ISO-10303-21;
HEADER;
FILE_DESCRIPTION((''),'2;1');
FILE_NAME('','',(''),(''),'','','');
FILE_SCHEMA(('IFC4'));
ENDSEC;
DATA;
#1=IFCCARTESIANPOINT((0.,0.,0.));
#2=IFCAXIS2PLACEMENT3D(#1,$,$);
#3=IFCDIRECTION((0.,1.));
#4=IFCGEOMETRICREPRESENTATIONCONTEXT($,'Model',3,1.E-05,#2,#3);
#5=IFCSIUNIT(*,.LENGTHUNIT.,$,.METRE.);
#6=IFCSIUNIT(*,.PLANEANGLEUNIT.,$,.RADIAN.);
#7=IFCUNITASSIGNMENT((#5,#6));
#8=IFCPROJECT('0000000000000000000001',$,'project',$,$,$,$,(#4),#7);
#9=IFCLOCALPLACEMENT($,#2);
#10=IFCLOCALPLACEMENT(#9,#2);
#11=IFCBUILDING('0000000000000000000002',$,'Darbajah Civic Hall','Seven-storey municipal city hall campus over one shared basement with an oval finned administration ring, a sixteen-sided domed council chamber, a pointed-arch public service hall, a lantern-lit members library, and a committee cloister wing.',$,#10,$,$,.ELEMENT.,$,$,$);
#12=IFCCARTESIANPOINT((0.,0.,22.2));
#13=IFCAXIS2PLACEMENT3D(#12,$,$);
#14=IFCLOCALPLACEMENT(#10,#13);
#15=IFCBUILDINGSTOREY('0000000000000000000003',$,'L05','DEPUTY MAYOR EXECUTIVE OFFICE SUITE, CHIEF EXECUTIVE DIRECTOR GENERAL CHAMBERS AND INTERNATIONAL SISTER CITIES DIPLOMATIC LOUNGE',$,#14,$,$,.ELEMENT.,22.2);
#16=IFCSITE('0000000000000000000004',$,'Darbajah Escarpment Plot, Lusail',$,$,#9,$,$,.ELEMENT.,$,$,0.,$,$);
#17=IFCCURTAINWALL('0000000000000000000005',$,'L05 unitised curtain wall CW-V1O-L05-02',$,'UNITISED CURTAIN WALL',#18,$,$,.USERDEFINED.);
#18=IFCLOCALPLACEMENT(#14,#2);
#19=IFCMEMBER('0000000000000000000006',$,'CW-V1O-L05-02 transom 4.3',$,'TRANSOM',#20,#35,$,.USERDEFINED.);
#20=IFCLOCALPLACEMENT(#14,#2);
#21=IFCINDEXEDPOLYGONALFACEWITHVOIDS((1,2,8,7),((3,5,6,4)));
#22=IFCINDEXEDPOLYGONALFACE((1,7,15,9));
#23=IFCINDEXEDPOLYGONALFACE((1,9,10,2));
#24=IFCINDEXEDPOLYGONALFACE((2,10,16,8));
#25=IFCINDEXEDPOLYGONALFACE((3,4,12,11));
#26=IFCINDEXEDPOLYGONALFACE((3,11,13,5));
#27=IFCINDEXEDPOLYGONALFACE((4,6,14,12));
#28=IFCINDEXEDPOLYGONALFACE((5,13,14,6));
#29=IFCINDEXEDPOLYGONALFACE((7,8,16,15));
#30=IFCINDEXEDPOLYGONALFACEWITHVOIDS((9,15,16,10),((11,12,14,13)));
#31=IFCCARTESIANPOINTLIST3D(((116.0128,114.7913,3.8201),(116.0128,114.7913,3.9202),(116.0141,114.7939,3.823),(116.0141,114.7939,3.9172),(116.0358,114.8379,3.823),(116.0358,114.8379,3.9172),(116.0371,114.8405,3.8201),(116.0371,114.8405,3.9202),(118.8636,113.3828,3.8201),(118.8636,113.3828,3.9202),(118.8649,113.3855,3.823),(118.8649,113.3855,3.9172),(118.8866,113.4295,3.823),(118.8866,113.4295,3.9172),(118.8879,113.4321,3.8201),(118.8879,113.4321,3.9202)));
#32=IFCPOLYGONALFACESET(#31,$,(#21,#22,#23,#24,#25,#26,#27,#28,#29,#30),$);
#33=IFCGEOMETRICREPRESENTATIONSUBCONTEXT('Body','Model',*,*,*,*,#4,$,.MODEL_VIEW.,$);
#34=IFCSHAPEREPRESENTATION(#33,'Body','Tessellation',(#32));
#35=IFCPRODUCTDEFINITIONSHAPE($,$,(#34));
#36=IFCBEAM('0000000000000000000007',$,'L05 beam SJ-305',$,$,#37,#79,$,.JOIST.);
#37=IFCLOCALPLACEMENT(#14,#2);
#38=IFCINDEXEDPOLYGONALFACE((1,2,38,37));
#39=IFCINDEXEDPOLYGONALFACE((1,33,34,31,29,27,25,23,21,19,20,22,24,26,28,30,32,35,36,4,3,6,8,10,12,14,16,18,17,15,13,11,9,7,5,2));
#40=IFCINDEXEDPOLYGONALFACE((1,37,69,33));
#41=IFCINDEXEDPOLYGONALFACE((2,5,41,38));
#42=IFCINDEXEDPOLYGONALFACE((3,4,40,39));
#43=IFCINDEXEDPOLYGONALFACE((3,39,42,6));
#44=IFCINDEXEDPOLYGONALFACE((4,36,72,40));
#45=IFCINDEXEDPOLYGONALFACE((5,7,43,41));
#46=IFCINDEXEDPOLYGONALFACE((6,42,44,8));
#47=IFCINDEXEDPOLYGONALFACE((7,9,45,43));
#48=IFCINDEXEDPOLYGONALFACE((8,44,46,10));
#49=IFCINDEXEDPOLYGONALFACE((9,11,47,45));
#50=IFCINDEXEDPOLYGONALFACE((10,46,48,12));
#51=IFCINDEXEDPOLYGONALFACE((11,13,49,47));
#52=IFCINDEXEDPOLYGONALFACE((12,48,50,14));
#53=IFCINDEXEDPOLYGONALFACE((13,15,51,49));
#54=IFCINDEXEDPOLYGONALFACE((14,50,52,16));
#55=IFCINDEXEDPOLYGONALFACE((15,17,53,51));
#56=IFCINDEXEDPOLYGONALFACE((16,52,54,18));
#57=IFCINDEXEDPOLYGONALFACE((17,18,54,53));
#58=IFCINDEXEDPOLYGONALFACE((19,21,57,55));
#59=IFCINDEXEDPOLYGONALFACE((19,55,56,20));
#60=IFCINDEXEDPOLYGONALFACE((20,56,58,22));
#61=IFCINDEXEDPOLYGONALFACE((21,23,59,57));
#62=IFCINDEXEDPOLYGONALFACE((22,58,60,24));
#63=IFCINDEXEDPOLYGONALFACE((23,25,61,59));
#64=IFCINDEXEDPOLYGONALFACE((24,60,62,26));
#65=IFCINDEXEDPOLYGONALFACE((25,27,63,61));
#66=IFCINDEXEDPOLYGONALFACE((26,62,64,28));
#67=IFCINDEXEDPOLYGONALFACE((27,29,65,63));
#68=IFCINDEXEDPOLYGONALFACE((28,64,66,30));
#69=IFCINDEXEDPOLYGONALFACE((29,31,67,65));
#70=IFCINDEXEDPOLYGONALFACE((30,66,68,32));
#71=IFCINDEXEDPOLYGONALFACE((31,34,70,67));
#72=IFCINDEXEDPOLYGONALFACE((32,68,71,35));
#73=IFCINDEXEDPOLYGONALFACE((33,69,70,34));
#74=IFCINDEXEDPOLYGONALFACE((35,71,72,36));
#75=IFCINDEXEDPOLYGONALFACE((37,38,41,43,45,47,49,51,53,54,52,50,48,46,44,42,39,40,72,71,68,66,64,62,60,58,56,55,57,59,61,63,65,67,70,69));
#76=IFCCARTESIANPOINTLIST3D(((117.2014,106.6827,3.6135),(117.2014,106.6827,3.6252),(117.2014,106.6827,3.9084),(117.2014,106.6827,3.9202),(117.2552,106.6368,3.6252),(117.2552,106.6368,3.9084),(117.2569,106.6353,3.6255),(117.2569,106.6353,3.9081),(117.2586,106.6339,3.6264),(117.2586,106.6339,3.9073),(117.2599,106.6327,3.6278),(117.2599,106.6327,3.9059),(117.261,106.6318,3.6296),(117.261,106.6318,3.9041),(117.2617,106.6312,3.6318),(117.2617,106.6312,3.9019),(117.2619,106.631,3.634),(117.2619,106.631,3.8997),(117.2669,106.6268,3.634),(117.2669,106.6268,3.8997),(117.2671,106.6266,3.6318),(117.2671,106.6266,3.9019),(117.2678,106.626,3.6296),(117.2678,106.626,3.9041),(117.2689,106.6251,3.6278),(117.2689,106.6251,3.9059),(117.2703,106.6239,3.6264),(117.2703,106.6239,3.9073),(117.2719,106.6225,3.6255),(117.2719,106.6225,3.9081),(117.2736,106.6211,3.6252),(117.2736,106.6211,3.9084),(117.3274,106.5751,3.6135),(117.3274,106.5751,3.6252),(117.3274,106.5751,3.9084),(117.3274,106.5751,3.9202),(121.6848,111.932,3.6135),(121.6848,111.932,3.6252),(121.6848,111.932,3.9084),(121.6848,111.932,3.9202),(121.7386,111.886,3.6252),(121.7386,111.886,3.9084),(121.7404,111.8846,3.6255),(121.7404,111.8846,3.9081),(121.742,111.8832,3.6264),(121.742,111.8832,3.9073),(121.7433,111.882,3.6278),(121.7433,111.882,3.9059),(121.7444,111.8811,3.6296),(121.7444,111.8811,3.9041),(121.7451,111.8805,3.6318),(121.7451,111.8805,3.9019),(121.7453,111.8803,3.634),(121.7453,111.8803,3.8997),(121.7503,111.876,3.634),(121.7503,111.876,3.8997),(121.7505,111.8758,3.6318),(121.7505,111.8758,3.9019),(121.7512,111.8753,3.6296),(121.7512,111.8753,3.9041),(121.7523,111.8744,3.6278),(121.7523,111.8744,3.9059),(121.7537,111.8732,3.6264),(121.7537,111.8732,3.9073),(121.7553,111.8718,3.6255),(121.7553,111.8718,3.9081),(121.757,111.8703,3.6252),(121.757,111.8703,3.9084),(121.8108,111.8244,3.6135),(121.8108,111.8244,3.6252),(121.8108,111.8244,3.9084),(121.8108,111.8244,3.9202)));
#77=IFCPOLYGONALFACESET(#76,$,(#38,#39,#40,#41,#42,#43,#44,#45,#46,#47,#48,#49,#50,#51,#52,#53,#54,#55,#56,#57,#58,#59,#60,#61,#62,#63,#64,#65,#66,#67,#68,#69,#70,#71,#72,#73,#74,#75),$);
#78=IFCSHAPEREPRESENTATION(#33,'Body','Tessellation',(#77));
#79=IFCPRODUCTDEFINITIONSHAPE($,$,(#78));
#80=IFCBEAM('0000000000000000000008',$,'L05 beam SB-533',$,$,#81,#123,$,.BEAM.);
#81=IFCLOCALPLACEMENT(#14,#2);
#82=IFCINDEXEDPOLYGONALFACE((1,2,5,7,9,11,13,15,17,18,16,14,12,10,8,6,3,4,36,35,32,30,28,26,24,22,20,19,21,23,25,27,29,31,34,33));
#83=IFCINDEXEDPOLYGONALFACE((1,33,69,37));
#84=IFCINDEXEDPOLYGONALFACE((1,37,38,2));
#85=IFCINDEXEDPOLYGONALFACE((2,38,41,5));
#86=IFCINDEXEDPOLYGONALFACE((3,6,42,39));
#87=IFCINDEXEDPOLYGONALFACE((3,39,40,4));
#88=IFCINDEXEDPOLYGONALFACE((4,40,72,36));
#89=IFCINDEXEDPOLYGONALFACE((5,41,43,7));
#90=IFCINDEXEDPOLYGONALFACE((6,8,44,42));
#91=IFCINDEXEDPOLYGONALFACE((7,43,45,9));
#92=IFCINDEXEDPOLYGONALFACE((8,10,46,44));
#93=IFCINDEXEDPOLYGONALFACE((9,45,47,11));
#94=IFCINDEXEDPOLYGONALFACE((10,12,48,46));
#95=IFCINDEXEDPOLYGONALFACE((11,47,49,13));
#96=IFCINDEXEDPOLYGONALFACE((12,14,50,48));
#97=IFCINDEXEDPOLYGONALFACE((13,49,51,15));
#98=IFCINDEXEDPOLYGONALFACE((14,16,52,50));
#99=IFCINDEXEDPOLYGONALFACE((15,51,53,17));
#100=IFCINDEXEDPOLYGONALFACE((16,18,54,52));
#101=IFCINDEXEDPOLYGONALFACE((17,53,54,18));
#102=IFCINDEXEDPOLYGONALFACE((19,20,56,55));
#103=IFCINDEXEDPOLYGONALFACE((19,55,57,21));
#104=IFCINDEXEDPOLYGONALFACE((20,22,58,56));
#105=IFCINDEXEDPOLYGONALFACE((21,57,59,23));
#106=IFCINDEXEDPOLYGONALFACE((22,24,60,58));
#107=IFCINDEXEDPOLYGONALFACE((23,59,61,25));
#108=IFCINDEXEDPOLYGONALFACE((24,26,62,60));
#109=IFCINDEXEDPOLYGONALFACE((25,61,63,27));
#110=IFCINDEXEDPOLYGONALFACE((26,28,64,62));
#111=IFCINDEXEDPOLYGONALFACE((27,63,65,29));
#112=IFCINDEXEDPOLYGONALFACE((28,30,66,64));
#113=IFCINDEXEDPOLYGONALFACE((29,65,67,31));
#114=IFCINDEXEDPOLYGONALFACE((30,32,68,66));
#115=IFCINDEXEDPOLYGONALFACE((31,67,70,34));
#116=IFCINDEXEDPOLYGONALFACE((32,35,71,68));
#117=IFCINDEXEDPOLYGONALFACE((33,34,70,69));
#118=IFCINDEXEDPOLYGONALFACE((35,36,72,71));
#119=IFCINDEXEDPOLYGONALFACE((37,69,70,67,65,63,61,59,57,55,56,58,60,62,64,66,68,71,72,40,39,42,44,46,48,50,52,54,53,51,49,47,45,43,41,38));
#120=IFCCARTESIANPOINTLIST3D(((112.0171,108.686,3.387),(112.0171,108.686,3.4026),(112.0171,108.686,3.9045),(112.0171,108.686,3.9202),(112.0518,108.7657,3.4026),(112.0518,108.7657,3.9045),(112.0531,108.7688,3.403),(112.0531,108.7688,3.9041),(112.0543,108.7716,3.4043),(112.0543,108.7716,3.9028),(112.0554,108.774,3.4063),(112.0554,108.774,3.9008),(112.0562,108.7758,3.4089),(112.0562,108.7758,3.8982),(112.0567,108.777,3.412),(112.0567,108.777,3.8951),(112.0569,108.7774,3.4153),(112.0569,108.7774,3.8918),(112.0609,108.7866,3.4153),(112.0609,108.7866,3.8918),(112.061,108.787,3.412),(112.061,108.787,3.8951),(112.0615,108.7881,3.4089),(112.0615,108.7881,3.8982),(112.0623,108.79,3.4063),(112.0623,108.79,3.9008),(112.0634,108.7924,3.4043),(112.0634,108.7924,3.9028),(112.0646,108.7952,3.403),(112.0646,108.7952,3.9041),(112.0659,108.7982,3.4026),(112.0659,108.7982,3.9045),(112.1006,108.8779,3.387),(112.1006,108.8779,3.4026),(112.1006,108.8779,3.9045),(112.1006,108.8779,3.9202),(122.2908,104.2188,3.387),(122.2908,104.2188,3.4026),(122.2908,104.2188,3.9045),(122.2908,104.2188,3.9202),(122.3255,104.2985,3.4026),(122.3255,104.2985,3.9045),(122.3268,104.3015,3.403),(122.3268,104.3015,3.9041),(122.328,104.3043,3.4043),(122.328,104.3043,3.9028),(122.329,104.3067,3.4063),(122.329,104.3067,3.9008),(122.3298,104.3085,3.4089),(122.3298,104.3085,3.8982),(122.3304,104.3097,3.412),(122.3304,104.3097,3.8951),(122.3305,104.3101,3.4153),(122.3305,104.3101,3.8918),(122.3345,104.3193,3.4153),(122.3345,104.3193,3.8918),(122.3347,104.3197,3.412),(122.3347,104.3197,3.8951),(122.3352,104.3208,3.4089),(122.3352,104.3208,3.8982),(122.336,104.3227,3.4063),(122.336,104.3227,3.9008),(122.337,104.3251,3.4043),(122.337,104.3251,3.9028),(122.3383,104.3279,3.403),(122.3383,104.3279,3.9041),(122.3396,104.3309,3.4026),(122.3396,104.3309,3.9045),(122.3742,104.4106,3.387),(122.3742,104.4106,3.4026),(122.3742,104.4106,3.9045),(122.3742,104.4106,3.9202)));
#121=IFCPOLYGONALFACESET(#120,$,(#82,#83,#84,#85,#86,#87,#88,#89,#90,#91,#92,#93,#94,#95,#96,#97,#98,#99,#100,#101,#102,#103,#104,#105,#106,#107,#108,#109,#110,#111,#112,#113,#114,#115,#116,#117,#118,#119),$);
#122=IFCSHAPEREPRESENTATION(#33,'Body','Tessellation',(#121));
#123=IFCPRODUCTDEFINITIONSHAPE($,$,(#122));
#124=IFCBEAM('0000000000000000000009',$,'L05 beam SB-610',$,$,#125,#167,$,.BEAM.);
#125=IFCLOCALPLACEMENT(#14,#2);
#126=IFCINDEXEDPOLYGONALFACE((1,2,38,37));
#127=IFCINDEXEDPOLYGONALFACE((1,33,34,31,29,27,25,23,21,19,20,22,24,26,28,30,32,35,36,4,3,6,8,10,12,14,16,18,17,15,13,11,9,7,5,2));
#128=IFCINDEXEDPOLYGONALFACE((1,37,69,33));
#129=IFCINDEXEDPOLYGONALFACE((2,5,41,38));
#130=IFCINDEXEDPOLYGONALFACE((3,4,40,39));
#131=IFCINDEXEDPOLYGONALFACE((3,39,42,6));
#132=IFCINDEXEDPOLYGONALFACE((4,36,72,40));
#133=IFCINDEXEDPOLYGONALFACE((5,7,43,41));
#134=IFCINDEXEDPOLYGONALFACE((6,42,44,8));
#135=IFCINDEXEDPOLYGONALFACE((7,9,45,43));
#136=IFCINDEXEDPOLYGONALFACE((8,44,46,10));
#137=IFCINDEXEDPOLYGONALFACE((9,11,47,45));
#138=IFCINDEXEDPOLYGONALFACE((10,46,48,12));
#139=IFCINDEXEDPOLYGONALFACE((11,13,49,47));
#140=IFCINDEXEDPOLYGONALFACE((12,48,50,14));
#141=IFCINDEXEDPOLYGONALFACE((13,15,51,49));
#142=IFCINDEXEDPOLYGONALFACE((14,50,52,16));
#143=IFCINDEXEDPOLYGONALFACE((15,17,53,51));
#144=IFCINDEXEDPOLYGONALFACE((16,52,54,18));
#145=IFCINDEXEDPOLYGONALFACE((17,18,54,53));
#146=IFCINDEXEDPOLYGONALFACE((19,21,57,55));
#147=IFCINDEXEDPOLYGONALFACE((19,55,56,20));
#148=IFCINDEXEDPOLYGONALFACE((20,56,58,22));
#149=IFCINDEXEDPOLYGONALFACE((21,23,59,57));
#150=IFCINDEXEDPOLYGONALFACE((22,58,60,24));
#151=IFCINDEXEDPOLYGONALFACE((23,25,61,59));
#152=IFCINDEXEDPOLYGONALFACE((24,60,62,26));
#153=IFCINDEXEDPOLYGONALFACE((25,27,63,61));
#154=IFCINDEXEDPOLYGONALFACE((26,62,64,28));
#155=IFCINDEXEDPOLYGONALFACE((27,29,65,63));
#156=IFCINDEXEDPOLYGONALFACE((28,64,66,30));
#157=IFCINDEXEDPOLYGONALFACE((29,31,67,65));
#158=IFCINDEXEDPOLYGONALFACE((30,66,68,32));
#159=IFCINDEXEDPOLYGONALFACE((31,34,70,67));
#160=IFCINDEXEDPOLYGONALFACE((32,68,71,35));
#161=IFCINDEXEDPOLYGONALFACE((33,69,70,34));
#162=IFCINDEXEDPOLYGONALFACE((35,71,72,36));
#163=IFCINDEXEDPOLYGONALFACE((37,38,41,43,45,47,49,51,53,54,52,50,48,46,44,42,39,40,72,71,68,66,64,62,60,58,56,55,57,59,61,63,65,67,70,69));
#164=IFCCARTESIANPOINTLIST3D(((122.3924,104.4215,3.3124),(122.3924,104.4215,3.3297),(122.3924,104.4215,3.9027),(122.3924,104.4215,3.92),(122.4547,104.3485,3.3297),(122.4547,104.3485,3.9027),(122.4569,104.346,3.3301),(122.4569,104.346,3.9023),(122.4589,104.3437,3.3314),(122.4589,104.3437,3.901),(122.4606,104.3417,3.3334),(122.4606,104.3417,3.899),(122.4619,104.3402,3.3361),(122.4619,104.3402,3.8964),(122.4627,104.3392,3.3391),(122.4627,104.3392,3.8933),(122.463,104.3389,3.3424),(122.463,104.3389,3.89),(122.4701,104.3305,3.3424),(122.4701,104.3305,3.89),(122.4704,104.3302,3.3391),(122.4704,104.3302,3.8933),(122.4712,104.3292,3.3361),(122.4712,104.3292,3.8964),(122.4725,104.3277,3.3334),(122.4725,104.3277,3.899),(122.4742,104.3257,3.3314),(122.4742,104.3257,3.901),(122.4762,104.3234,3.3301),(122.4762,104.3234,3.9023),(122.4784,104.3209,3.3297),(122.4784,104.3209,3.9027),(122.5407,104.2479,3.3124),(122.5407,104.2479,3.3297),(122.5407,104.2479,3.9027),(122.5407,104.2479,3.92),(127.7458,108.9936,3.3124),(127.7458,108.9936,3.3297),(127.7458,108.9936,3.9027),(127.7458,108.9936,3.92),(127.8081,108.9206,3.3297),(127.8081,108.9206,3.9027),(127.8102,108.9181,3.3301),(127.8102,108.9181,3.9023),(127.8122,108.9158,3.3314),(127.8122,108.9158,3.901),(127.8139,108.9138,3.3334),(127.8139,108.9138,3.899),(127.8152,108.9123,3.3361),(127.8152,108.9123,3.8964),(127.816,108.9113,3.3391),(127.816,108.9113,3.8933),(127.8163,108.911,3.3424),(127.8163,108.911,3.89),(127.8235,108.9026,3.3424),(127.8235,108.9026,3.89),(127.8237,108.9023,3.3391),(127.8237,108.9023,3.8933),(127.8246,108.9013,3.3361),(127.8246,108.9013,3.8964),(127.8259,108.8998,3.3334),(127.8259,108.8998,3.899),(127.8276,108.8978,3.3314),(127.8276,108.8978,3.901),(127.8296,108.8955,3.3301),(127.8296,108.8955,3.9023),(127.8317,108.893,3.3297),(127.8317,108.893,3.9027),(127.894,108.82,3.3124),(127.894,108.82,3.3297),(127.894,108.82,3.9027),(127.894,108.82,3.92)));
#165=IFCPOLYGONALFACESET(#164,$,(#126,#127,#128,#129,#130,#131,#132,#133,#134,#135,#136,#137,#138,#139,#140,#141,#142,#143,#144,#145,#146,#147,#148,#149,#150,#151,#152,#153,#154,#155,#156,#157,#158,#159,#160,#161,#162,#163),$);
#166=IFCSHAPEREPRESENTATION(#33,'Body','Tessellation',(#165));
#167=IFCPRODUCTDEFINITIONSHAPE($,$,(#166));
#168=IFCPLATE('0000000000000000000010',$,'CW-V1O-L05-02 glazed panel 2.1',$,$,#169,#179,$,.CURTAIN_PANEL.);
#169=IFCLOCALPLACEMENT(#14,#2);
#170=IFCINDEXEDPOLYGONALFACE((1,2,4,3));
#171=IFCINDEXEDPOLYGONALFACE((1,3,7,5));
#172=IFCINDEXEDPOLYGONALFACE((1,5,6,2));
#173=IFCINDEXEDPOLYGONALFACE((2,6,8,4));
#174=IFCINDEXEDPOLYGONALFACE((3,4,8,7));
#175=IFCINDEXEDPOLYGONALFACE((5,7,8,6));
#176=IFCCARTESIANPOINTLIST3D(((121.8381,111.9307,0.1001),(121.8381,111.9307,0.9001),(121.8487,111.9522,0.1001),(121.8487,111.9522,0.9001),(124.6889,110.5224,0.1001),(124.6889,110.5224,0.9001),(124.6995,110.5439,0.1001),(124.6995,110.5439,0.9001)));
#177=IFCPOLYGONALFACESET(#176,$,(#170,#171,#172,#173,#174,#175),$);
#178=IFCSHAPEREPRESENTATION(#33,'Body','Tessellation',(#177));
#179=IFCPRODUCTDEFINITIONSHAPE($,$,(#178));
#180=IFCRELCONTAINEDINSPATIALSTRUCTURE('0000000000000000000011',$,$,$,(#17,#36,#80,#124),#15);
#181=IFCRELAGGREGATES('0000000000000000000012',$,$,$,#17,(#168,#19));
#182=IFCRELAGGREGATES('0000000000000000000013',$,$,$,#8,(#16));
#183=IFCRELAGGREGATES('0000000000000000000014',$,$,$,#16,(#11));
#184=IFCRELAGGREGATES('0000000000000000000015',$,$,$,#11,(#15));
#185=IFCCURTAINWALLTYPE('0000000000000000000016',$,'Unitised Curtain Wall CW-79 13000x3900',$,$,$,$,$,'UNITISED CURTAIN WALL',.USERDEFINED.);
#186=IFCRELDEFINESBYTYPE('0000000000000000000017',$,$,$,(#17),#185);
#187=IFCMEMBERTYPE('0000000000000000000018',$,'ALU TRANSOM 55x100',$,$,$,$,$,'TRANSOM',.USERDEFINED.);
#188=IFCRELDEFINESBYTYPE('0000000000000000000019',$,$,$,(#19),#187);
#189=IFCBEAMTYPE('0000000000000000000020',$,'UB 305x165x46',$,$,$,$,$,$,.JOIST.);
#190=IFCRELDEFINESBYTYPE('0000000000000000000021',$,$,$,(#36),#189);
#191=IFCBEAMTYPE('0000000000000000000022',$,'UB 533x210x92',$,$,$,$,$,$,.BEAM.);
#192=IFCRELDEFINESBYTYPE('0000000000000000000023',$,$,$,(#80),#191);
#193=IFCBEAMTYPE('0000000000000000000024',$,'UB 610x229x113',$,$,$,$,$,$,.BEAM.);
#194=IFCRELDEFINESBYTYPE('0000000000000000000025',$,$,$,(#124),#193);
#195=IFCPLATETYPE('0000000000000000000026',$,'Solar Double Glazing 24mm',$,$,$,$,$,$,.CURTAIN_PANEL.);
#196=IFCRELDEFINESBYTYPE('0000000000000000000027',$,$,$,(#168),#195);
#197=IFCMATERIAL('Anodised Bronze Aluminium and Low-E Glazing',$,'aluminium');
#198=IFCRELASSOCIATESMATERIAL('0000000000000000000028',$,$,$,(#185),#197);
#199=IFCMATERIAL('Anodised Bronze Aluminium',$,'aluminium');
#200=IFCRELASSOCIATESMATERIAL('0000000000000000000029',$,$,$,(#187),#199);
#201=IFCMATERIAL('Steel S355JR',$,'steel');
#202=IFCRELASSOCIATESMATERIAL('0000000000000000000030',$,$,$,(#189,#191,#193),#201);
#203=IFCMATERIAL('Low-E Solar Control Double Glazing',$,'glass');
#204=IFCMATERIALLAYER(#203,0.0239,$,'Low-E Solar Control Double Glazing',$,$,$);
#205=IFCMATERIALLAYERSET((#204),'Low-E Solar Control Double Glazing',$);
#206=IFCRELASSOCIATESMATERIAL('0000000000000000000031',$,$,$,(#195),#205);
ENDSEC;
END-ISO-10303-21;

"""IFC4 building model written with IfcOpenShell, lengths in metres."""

from ifc_helpers import new_model, si_unit, direction, frame, origin, origin_2d, place, context, subcontext, project, spatial, rectangle, hollow_rectangle, i_section, extrude, material, layer, layer_set, material_profile, profile_set, type_object, element, aggregate, save


model = new_model("IFC4")

# Units and contexts
model_context = context("Model", 3, precision=1e-05, world=origin(), true_north=direction((0.0, 1.0)))
body_context = subcontext(model_context, "Body", "Model", "MODEL_VIEW")
ifc_project = project(units=[si_unit("LENGTHUNIT", "METRE"), si_unit("PLANEANGLEUNIT", "RADIAN")], contexts=[model_context])

# Site, building, storey
site_placement = place(None, origin())
site = spatial("IfcSite", under=ifc_project, at=site_placement, Name="Darbajah Escarpment Plot, Lusail", CompositionType="ELEMENT", RefElevation=0.0)
building_placement = place(site_placement, origin())
building = spatial("IfcBuilding", under=site, at=building_placement, Name="Darbajah Civic Hall", Description="Seven-storey municipal city hall campus over one shared basement with an oval finned administration ring, a sixteen-sided domed council chamber, a pointed-arch public service hall, a lantern-lit members library, and a committee cloister wing.", CompositionType="ELEMENT")
storey_placement = place(building_placement, frame((0.0, 0.0, 22.2)))
storey = spatial("IfcBuildingStorey", under=building, at=storey_placement, Name="L05", Description="DEPUTY MAYOR EXECUTIVE OFFICE SUITE, CHIEF EXECUTIVE DIRECTOR GENERAL CHAMBERS AND INTERNATIONAL SISTER CITIES DIPLOMATIC LOUNGE", CompositionType="ELEMENT", Elevation=22.2)

# Curtain wall, member
ifc_material_1 = material(Name="Anodised Bronze Aluminium and Low-E Glazing", Category="aluminium")
curtain_wall_type = type_object("IfcCurtainWallType", Name="Unitised Curtain Wall CW-79 13000x3900", ElementType="UNITISED CURTAIN WALL", PredefinedType="USERDEFINED", material=ifc_material_1)
curtain_wall_placement = place(storey_placement, origin())
curtain_wall = element("IfcCurtainWall", 1, at=curtain_wall_placement, inside=storey, type_object=curtain_wall_type, Name="L05 unitised curtain wall CW-V1O-L05-02", ObjectType="UNITISED CURTAIN WALL", PredefinedType="USERDEFINED")
ifc_material_2 = material(Name="Anodised Bronze Aluminium", Category="aluminium")
ifc_material_profile_1 = material_profile(ifc_material_2, hollow_rectangle(XDim=0.0549, YDim=0.1001, WallThickness=0.0029, at=origin_2d()), Name="ALU TRANSOM 55x100")
ifc_profile_set_1 = profile_set([ifc_material_profile_1], Name="Anodised Bronze Aluminium")
member_type_1 = type_object("IfcMemberType", Name="ALU TRANSOM 55x100", ElementType="TRANSOM", PredefinedType="USERDEFINED", material=ifc_profile_set_1)
member_1_placement = place(storey_placement, frame((118.8757, 113.4075, 3.8701), z_axis=(-0.896551, 0.44294, 0.0), x_axis=(-0.44294, -0.896551, 0.0)))
member_1 = element("IfcMember", 2, at=member_1_placement, type_object=member_type_1, Name="CW-V1O-L05-02 transom 4.3", ObjectType="TRANSOM", PredefinedType="USERDEFINED", context=body_context, shape_type="SweptSolid", body=[
    extrude(hollow_rectangle(XDim=0.0549, YDim=0.1001, WallThickness=0.0029, at=origin_2d()), origin(), (0.0, 0.0, 1.0), 3.1797),
])

# Beams
ifc_material_3 = material(Name="Steel S355JR", Category="steel")
ifc_material_profile_2 = material_profile(ifc_material_3, i_section(OverallWidth=0.1658, OverallDepth=0.3066, WebThickness=0.0066, FlangeThickness=0.0117, FilletRadius=0.0088, at=origin_2d()), Name="UB 305x165x46")
ifc_profile_set_2 = profile_set([ifc_material_profile_2], Name="Steel S355JR")
beam_type_1 = type_object("IfcBeamType", Name="UB 305x165x46", PredefinedType="JOIST", material=ifc_profile_set_2)
beam_1_placement = place(storey_placement, frame((117.2644, 106.6289, 3.7668), z_axis=(0.649456, 0.760399, 0.0), x_axis=(-0.760399, 0.649456, 0.0)))
element("IfcBeam", 3, at=beam_1_placement, inside=storey, type_object=beam_type_1, Name="L05 beam SJ-305", PredefinedType="JOIST", context=body_context, shape_type="SweptSolid", body=[
    extrude(i_section(OverallWidth=0.1658, OverallDepth=0.3066, WebThickness=0.0066, FlangeThickness=0.0117, FilletRadius=0.0088, at=origin_2d()), origin(), (0.0, 0.0, 1.0), 6.9033),
])
ifc_material_profile_3 = material_profile(ifc_material_3, i_section(OverallWidth=0.2092, OverallDepth=0.5332, WebThickness=0.01, FlangeThickness=0.0156, FilletRadius=0.0127, at=origin_2d()), Name="UB 533x210x92")
ifc_profile_set_3 = profile_set([ifc_material_profile_3], Name="Steel S355JR")
beam_type_2 = type_object("IfcBeamType", Name="UB 533x210x92", PredefinedType="BEAM", material=ifc_profile_set_3)
beam_2_placement = place(storey_placement, frame((122.3325, 104.3147, 3.6536), z_axis=(-0.917055, 0.398761, 0.0), x_axis=(-0.398761, -0.917055, 0.0)))
element("IfcBeam", 4, at=beam_2_placement, inside=storey, type_object=beam_type_2, Name="L05 beam SB-533", PredefinedType="BEAM", context=body_context, shape_type="SweptSolid", body=[
    extrude(i_section(OverallWidth=0.2092, OverallDepth=0.5332, WebThickness=0.01, FlangeThickness=0.0156, FilletRadius=0.0127, at=origin_2d()), origin(), (0.0, 0.0, 1.0), 11.2029),
])
ifc_material_profile_4 = material_profile(ifc_material_3, i_section(OverallWidth=0.2283, OverallDepth=0.6077, WebThickness=0.011, FlangeThickness=0.0173, FilletRadius=0.0127, at=origin_2d()), Name="UB 610x229x113")
ifc_profile_set_4 = profile_set([ifc_material_profile_4], Name="Steel S355JR")
beam_type_3 = type_object("IfcBeamType", Name="UB 610x229x113", PredefinedType="BEAM", material=ifc_profile_set_4)
beam_3_placement = place(storey_placement, frame((122.4666, 104.3347, 3.6162), z_axis=(0.760413, 0.649439, 0.0), x_axis=(-0.649439, 0.760413, 0.0)))
element("IfcBeam", 5, at=beam_3_placement, inside=storey, type_object=beam_type_3, Name="L05 beam SB-610", PredefinedType="BEAM", context=body_context, shape_type="SweptSolid", body=[
    extrude(i_section(OverallWidth=0.2283, OverallDepth=0.6077, WebThickness=0.011, FlangeThickness=0.0173, FilletRadius=0.0127, at=origin_2d()), origin(), (0.0, 0.0, 1.0), 7.04),
])

# Plate
ifc_material_4 = material(Name="Low-E Solar Control Double Glazing", Category="glass")
ifc_layer_1 = layer(ifc_material_4, 0.0239, Name="Low-E Solar Control Double Glazing")
ifc_layer_set_1 = layer_set([ifc_layer_1], Name="Low-E Solar Control Double Glazing")
plate_type = type_object("IfcPlateType", Name="Solar Double Glazing 24mm", PredefinedType="CURTAIN_PANEL", material=ifc_layer_set_1)
plate_1_placement = place(storey_placement, frame((123.2688, 111.2373, 0.1001), z_axis=(0.0, 0.0, 1.0), x_axis=(-0.896564, 0.442915, 0.0)))
plate_1 = element("IfcPlate", 6, at=plate_1_placement, type_object=plate_type, Name="CW-V1O-L05-02 glazed panel 2.1", PredefinedType="CURTAIN_PANEL", context=body_context, shape_type="SweptSolid", body=[
    extrude(rectangle(XDim=3.1797, YDim=0.0239, at=origin_2d()), origin(), (0.0, 0.0, 1.0), 0.8),
])
aggregate(curtain_wall, [plate_1, member_1])

save(model, "model.ifc")
